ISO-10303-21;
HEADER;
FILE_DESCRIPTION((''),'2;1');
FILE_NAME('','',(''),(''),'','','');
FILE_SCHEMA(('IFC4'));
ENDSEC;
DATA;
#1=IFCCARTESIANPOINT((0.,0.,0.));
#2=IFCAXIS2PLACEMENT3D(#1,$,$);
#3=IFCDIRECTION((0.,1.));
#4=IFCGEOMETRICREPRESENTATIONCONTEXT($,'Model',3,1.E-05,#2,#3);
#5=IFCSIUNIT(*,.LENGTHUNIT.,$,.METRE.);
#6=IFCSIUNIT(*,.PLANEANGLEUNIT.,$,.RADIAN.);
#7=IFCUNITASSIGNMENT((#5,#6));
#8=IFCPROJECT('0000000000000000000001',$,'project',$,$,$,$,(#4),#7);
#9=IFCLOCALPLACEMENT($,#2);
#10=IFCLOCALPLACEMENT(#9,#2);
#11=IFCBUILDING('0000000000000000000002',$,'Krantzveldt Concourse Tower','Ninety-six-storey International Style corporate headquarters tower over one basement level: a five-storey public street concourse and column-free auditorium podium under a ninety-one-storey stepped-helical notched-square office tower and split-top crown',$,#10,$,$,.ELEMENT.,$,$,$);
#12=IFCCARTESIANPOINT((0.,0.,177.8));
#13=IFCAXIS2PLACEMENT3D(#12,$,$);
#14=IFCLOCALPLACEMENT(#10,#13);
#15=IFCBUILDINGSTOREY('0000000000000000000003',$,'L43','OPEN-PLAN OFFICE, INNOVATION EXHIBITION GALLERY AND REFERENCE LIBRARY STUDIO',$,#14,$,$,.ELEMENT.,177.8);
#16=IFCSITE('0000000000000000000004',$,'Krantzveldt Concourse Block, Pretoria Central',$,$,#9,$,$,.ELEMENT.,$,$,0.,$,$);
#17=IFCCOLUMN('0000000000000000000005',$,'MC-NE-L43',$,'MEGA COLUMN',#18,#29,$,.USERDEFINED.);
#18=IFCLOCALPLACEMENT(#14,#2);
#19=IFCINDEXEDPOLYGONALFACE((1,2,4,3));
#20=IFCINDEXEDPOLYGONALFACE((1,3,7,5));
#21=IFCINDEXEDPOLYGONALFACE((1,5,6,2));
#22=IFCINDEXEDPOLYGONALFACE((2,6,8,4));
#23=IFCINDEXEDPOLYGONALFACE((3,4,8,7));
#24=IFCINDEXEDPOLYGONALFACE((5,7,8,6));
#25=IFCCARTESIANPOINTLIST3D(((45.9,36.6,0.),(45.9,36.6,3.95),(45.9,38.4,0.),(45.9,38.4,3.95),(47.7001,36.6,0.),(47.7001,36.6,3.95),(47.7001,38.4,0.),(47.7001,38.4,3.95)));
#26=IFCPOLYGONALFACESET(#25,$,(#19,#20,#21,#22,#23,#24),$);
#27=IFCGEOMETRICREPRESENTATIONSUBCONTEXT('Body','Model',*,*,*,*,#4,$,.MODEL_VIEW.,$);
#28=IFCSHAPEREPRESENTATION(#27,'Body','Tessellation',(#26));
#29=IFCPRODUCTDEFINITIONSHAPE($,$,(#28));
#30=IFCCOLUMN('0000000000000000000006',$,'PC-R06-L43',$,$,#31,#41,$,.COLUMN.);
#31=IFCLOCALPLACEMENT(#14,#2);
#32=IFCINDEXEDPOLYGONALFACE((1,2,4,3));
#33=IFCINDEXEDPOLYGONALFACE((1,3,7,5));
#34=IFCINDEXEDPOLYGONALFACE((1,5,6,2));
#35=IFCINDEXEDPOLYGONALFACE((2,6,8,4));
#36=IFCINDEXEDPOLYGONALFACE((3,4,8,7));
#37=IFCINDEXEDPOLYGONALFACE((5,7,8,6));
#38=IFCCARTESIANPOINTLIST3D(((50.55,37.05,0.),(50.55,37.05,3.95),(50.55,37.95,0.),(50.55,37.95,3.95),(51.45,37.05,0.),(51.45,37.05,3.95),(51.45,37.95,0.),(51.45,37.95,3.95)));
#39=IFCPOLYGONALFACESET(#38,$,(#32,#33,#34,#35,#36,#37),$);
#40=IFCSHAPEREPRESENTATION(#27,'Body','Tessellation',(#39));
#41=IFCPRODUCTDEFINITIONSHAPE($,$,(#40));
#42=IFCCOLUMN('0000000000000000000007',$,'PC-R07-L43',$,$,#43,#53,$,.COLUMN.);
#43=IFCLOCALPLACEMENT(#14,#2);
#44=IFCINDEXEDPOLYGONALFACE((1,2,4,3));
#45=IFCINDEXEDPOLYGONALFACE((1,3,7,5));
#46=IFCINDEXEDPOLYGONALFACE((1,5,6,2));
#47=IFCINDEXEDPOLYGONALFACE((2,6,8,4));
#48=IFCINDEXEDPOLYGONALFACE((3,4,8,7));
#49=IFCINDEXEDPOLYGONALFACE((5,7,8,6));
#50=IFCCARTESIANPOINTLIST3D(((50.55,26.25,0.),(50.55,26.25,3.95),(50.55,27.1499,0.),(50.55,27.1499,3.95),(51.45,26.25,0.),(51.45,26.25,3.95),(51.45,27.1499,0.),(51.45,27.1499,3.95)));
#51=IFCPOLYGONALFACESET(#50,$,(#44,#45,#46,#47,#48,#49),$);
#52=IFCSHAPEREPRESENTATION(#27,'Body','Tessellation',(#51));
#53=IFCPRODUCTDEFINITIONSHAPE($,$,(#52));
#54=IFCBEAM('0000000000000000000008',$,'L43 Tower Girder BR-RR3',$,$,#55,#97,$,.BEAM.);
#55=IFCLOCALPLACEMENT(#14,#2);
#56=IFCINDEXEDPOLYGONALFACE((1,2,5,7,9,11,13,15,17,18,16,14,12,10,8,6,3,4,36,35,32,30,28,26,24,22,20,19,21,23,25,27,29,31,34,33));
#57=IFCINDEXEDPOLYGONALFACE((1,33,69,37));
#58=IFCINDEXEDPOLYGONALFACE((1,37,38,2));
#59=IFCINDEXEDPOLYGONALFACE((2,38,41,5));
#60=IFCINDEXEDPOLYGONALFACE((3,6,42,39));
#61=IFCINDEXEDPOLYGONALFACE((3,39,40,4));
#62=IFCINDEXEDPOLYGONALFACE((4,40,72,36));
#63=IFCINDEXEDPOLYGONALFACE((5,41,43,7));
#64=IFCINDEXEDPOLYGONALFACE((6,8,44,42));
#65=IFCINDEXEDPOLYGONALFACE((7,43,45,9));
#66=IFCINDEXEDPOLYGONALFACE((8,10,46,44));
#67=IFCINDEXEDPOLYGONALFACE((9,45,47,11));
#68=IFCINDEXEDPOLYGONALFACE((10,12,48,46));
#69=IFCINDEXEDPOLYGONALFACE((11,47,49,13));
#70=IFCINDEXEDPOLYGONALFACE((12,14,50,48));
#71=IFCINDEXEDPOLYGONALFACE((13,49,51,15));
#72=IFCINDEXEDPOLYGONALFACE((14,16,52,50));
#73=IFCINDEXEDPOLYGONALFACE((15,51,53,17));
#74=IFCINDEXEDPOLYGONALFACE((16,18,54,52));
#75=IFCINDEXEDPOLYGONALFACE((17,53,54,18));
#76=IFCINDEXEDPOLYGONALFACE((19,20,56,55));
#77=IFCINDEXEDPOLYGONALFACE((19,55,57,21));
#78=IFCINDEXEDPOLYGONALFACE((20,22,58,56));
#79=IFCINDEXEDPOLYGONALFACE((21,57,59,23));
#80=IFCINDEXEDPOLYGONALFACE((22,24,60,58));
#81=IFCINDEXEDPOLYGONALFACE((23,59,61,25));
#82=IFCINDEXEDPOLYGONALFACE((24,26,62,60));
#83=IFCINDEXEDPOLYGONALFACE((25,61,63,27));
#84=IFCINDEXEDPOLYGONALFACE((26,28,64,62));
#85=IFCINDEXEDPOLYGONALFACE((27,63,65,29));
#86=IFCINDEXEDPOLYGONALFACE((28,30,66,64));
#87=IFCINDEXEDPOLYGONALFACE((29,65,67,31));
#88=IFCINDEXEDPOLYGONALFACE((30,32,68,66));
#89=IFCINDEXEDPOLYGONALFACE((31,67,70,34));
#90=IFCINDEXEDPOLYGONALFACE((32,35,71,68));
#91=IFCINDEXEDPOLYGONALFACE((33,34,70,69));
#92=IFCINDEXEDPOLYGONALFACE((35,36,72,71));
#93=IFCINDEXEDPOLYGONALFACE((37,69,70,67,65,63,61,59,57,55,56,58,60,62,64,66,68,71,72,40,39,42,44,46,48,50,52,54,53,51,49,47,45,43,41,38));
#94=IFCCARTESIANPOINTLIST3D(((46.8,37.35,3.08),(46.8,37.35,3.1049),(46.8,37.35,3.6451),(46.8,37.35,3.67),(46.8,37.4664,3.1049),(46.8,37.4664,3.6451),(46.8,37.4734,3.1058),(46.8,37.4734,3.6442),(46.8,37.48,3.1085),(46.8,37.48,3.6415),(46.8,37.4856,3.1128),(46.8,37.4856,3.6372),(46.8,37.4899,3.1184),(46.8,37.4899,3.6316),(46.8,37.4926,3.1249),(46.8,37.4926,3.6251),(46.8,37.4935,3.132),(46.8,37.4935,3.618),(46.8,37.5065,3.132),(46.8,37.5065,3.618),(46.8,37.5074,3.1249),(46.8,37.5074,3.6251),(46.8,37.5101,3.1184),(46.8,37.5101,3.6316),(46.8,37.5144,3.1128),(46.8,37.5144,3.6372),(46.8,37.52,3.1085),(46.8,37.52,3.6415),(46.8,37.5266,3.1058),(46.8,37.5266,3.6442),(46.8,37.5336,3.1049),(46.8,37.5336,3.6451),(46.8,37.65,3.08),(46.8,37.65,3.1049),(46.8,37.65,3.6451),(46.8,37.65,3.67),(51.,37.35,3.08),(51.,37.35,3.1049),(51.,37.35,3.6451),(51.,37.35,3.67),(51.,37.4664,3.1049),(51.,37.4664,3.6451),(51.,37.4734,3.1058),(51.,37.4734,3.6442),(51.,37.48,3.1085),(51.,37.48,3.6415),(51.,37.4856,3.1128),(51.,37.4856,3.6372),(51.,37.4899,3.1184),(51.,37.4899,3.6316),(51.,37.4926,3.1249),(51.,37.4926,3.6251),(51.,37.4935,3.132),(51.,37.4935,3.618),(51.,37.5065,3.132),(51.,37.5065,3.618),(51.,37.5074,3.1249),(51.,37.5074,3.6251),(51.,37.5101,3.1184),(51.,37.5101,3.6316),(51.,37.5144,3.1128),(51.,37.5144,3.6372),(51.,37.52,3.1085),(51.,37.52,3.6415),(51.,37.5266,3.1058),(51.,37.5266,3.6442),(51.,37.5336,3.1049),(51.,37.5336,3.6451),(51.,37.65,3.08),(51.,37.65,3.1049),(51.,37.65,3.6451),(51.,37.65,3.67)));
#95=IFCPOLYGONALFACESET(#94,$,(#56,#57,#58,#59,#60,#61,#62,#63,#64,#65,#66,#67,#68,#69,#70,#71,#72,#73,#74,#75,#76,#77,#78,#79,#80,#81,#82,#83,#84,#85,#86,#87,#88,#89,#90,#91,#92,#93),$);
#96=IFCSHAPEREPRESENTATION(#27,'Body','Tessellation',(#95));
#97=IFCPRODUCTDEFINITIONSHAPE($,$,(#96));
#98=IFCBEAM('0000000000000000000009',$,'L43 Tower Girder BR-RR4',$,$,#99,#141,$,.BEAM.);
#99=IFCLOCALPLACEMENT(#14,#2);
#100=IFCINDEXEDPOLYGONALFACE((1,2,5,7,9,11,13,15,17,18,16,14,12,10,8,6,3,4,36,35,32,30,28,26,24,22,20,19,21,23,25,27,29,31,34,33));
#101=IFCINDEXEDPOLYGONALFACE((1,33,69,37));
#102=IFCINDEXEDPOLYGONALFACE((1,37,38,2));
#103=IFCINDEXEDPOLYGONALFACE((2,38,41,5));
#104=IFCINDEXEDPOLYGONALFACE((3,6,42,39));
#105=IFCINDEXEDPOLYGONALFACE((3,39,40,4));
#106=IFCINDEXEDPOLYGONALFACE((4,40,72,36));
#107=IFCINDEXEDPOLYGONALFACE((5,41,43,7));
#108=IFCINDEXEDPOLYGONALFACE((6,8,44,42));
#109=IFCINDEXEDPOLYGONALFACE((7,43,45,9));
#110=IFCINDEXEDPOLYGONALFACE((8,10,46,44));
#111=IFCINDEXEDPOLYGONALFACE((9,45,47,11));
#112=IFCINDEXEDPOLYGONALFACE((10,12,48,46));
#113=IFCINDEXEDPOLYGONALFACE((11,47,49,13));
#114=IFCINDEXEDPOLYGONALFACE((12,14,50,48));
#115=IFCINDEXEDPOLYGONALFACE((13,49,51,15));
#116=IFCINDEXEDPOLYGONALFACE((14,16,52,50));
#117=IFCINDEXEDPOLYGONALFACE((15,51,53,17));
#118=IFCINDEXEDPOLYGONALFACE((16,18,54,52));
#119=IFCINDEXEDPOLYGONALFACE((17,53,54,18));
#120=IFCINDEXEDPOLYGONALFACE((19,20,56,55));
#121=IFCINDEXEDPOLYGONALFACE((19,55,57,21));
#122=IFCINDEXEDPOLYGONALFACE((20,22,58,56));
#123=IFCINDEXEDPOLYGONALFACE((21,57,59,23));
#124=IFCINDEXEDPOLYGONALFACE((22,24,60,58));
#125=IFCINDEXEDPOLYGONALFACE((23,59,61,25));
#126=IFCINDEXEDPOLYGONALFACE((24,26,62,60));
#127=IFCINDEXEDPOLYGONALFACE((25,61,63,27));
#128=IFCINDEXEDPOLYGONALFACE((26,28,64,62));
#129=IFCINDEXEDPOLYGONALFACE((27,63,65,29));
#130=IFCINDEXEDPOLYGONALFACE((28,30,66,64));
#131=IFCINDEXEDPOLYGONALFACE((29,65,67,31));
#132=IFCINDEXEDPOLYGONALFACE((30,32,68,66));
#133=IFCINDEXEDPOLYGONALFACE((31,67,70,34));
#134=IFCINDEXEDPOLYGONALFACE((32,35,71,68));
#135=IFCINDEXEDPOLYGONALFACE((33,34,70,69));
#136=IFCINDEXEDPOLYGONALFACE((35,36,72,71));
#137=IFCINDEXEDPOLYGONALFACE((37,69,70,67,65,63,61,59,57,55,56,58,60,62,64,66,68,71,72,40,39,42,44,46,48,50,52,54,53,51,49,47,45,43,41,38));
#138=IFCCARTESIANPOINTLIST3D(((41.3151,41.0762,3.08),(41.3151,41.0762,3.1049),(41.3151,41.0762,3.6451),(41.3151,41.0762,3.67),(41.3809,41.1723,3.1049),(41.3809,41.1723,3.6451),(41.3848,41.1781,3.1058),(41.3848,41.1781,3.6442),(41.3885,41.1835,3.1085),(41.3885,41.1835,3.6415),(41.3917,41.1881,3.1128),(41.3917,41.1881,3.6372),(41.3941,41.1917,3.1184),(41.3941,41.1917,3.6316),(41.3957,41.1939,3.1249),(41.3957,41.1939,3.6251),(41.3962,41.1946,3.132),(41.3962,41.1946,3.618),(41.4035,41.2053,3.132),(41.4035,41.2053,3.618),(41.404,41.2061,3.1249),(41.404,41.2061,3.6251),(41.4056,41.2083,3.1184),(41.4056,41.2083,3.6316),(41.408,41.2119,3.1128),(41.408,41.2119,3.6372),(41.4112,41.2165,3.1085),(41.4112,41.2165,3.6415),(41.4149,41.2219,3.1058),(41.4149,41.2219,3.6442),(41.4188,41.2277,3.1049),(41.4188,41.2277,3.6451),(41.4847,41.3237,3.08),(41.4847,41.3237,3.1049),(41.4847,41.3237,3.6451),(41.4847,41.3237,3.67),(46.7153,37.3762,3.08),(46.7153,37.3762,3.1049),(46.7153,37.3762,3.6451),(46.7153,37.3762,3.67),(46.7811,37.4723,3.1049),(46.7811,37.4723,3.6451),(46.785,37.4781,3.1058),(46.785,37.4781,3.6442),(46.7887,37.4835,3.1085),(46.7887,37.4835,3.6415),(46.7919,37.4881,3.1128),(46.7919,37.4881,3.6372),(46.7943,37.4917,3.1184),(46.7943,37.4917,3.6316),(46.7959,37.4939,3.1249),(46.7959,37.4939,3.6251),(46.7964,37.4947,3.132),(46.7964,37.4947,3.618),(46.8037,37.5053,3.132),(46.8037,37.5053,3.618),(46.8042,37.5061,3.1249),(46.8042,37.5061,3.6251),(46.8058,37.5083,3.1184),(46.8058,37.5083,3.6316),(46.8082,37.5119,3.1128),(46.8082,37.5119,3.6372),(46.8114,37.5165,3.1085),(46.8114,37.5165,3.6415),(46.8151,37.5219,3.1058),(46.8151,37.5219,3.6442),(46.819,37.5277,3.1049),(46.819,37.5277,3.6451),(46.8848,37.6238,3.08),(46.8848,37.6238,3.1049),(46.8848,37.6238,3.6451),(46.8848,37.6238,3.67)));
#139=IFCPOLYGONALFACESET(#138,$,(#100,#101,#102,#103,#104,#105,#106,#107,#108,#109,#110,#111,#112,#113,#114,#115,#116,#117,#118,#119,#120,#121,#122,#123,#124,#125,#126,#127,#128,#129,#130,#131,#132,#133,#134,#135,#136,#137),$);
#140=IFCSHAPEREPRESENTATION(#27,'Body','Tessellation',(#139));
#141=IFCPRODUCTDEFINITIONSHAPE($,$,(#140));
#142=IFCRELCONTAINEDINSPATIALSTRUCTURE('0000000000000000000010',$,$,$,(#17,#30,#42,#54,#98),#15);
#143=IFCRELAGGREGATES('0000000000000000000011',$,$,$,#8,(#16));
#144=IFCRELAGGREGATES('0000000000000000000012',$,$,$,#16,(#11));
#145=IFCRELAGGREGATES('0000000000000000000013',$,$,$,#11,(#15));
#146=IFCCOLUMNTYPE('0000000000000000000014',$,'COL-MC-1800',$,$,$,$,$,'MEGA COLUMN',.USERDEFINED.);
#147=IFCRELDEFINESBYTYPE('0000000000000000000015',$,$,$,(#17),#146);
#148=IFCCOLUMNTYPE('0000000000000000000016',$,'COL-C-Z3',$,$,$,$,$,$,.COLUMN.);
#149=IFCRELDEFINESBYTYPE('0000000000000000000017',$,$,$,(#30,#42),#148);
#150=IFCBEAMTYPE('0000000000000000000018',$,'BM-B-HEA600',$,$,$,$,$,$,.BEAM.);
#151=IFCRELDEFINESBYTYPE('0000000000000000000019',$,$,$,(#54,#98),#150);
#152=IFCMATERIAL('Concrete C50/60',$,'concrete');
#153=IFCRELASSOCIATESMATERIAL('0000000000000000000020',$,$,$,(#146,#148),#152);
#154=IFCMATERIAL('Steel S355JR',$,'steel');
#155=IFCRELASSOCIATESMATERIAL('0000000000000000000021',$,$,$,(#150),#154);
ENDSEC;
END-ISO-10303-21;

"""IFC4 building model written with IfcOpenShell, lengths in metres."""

from ifc_helpers import new_model, si_unit, direction, frame, origin, origin_2d, place, context, subcontext, project, spatial, rectangle, i_section, extrude, source, transform, mapped, material, material_profile, profile_set, type_object, type_shapes, element, save


model = new_model("IFC4")

# Units and contexts
model_context = context("Model", 3, precision=1e-05, world=origin(), true_north=direction((0.0, 1.0)))
body_context = subcontext(model_context, "Body", "Model", "MODEL_VIEW")
ifc_project = project(units=[si_unit("LENGTHUNIT", "METRE"), si_unit("PLANEANGLEUNIT", "RADIAN")], contexts=[model_context])

# Site, building, storey
site_placement = place(None, origin())
site = spatial("IfcSite", under=ifc_project, at=site_placement, Name="Krantzveldt Concourse Block, Pretoria Central", CompositionType="ELEMENT", RefElevation=0.0)
building_placement = place(site_placement, origin())
building = spatial("IfcBuilding", under=site, at=building_placement, Name="Krantzveldt Concourse Tower", Description="Ninety-six-storey International Style corporate headquarters tower over one basement level: a five-storey public street concourse and column-free auditorium podium under a ninety-one-storey stepped-helical notched-square office tower and split-top crown", CompositionType="ELEMENT")
storey_placement = place(building_placement, frame((0.0, 0.0, 177.8)))
storey = spatial("IfcBuildingStorey", under=building, at=storey_placement, Name="L43", Description="OPEN-PLAN OFFICE, INNOVATION EXHIBITION GALLERY AND REFERENCE LIBRARY STUDIO", CompositionType="ELEMENT", Elevation=177.8)

# Columns
ifc_material_1 = material(Name="Concrete C50/60", Category="concrete")
ifc_material_profile_1 = material_profile(ifc_material_1, rectangle(XDim=1.8, YDim=1.8, at=origin_2d()), Name="Concrete C50/60", Category="concrete")
ifc_profile_set_1 = profile_set([ifc_material_profile_1], Name="Concrete C50/60 - RC 1800x1800")
column_type_1 = type_object("IfcColumnType", Name="COL-MC-1800", ElementType="MEGA COLUMN", PredefinedType="USERDEFINED", material=ifc_profile_set_1)
shared_shape_1 = source(origin(), body_context, "Body", "SweptSolid", [
    extrude(rectangle(XDim=1.8, YDim=1.8, at=origin_2d()), origin(), (0.0, 0.0, 1.0), 3.95),
])
type_shapes(column_type_1, [shared_shape_1])
column_placement = place(storey_placement, frame((46.8, 37.5, 0.0), z_axis=(0.0, 0.0, 1.0), x_axis=(1.0, 0.0, 0.0)))
element("IfcColumn", 1, at=column_placement, inside=storey, type_object=column_type_1, Name="MC-NE-L43", ObjectType="MEGA COLUMN", PredefinedType="USERDEFINED", context=body_context, shape_type="MappedRepresentation", body=[
    mapped(shared_shape_1, transform((0.0, 0.0, 0.0), x_axis=(1.0, 0.0, 0.0), y_axis=(0.0, 1.0, 0.0), z_axis=(0.0, 0.0, 1.0), scale=1.0)),
])
ifc_material_profile_2 = material_profile(ifc_material_1, rectangle(XDim=0.8999, YDim=0.8999, at=origin_2d()), Name="Concrete C50/60", Category="concrete")
ifc_profile_set_2 = profile_set([ifc_material_profile_2], Name="Concrete C50/60 - RC 900x900")
column_type_2 = type_object("IfcColumnType", Name="COL-C-Z3", PredefinedType="COLUMN", material=ifc_profile_set_2)
shared_shape_2 = source(origin(), body_context, "Body", "SweptSolid", [
    extrude(rectangle(XDim=0.8999, YDim=0.8999, at=origin_2d()), origin(), (0.0, 0.0, 1.0), 3.95),
])
type_shapes(column_type_2, [shared_shape_2])
for number, where, z_axis, x_axis, name in (
    (2, (51.0, 37.5, 0.0), (0.0, 0.0, 1.0), (1.0, 0.0, 0.0), "PC-R06-L43"),
    (3, (51.0, 26.7, 0.0), (0.0, 0.0, 1.0), (1.0, 0.0, 0.0), "PC-R07-L43"),
):
    element("IfcColumn", number, at=place(storey_placement, frame(where, z_axis=z_axis, x_axis=x_axis)), inside=storey, type_object=column_type_2, Name=name, PredefinedType="COLUMN", context=body_context, shape_type="MappedRepresentation", body=[
        mapped(shared_shape_2, transform((0.0, 0.0, 0.0), x_axis=(1.0, 0.0, 0.0), y_axis=(0.0, 1.0, 0.0), z_axis=(0.0, 0.0, 1.0), scale=1.0)),
    ])

# Beams
ifc_material_2 = material(Name="Steel S355JR", Category="steel")
ifc_material_profile_3 = material_profile(ifc_material_2, i_section(OverallWidth=0.3, OverallDepth=0.5901, WebThickness=0.0129, FlangeThickness=0.0249, FilletRadius=0.0271, at=origin_2d()), Name="Steel S355JR", Category="steel")
ifc_profile_set_3 = profile_set([ifc_material_profile_3], Name="Steel S355JR - HEA 600")
beam_type_1 = type_object("IfcBeamType", Name="BM-B-HEA600", PredefinedType="BEAM", material=ifc_profile_set_3)
shared_shape_3 = source(origin(), body_context, "Body", "SweptSolid", [
    extrude(i_section(OverallWidth=0.3, OverallDepth=0.5901, WebThickness=0.0129, FlangeThickness=0.0249, FilletRadius=0.0271, at=origin_2d()), origin(), (0.0, 0.0, 1.0), 4.2),
])
beam_1_placement = place(storey_placement, frame((46.8, 37.5, 3.375), z_axis=(1.0, 0.0, 0.0), x_axis=(0.0, 1.0, 0.0)))
element("IfcBeam", 4, at=beam_1_placement, inside=storey, type_object=beam_type_1, Name="L43 Tower Girder BR-RR3", PredefinedType="BEAM", context=body_context, shape_type="MappedRepresentation", body=[
    mapped(shared_shape_3, transform((0.0, 0.0, 0.0), x_axis=(1.0, 0.0, 0.0), y_axis=(0.0, 1.0, 0.0), z_axis=(0.0, 0.0, 1.0), scale=1.0)),
])
shared_shape_4 = source(origin(), body_context, "Body", "SweptSolid", [
    extrude(i_section(OverallWidth=0.3, OverallDepth=0.5901, WebThickness=0.0129, FlangeThickness=0.0249, FilletRadius=0.0271, at=origin_2d()), origin(), (0.0, 0.0, 1.0), 6.5461),
])
type_shapes(beam_type_1, [shared_shape_3, shared_shape_4])
beam_2_placement = place(storey_placement, frame((46.8, 37.5, 3.375), z_axis=(-0.824943, 0.565216, 0.0), x_axis=(-0.565216, -0.824943, 0.0)))
element("IfcBeam", 5, at=beam_2_placement, inside=storey, type_object=beam_type_1, Name="L43 Tower Girder BR-RR4", PredefinedType="BEAM", context=body_context, shape_type="MappedRepresentation", body=[
    mapped(shared_shape_4, transform((0.0, 0.0, 0.0), x_axis=(1.0, 0.0, 0.0), y_axis=(0.0, 1.0, 0.0), z_axis=(0.0, 0.0, 1.0), scale=1.0)),
])

save(model, "model.ifc")
